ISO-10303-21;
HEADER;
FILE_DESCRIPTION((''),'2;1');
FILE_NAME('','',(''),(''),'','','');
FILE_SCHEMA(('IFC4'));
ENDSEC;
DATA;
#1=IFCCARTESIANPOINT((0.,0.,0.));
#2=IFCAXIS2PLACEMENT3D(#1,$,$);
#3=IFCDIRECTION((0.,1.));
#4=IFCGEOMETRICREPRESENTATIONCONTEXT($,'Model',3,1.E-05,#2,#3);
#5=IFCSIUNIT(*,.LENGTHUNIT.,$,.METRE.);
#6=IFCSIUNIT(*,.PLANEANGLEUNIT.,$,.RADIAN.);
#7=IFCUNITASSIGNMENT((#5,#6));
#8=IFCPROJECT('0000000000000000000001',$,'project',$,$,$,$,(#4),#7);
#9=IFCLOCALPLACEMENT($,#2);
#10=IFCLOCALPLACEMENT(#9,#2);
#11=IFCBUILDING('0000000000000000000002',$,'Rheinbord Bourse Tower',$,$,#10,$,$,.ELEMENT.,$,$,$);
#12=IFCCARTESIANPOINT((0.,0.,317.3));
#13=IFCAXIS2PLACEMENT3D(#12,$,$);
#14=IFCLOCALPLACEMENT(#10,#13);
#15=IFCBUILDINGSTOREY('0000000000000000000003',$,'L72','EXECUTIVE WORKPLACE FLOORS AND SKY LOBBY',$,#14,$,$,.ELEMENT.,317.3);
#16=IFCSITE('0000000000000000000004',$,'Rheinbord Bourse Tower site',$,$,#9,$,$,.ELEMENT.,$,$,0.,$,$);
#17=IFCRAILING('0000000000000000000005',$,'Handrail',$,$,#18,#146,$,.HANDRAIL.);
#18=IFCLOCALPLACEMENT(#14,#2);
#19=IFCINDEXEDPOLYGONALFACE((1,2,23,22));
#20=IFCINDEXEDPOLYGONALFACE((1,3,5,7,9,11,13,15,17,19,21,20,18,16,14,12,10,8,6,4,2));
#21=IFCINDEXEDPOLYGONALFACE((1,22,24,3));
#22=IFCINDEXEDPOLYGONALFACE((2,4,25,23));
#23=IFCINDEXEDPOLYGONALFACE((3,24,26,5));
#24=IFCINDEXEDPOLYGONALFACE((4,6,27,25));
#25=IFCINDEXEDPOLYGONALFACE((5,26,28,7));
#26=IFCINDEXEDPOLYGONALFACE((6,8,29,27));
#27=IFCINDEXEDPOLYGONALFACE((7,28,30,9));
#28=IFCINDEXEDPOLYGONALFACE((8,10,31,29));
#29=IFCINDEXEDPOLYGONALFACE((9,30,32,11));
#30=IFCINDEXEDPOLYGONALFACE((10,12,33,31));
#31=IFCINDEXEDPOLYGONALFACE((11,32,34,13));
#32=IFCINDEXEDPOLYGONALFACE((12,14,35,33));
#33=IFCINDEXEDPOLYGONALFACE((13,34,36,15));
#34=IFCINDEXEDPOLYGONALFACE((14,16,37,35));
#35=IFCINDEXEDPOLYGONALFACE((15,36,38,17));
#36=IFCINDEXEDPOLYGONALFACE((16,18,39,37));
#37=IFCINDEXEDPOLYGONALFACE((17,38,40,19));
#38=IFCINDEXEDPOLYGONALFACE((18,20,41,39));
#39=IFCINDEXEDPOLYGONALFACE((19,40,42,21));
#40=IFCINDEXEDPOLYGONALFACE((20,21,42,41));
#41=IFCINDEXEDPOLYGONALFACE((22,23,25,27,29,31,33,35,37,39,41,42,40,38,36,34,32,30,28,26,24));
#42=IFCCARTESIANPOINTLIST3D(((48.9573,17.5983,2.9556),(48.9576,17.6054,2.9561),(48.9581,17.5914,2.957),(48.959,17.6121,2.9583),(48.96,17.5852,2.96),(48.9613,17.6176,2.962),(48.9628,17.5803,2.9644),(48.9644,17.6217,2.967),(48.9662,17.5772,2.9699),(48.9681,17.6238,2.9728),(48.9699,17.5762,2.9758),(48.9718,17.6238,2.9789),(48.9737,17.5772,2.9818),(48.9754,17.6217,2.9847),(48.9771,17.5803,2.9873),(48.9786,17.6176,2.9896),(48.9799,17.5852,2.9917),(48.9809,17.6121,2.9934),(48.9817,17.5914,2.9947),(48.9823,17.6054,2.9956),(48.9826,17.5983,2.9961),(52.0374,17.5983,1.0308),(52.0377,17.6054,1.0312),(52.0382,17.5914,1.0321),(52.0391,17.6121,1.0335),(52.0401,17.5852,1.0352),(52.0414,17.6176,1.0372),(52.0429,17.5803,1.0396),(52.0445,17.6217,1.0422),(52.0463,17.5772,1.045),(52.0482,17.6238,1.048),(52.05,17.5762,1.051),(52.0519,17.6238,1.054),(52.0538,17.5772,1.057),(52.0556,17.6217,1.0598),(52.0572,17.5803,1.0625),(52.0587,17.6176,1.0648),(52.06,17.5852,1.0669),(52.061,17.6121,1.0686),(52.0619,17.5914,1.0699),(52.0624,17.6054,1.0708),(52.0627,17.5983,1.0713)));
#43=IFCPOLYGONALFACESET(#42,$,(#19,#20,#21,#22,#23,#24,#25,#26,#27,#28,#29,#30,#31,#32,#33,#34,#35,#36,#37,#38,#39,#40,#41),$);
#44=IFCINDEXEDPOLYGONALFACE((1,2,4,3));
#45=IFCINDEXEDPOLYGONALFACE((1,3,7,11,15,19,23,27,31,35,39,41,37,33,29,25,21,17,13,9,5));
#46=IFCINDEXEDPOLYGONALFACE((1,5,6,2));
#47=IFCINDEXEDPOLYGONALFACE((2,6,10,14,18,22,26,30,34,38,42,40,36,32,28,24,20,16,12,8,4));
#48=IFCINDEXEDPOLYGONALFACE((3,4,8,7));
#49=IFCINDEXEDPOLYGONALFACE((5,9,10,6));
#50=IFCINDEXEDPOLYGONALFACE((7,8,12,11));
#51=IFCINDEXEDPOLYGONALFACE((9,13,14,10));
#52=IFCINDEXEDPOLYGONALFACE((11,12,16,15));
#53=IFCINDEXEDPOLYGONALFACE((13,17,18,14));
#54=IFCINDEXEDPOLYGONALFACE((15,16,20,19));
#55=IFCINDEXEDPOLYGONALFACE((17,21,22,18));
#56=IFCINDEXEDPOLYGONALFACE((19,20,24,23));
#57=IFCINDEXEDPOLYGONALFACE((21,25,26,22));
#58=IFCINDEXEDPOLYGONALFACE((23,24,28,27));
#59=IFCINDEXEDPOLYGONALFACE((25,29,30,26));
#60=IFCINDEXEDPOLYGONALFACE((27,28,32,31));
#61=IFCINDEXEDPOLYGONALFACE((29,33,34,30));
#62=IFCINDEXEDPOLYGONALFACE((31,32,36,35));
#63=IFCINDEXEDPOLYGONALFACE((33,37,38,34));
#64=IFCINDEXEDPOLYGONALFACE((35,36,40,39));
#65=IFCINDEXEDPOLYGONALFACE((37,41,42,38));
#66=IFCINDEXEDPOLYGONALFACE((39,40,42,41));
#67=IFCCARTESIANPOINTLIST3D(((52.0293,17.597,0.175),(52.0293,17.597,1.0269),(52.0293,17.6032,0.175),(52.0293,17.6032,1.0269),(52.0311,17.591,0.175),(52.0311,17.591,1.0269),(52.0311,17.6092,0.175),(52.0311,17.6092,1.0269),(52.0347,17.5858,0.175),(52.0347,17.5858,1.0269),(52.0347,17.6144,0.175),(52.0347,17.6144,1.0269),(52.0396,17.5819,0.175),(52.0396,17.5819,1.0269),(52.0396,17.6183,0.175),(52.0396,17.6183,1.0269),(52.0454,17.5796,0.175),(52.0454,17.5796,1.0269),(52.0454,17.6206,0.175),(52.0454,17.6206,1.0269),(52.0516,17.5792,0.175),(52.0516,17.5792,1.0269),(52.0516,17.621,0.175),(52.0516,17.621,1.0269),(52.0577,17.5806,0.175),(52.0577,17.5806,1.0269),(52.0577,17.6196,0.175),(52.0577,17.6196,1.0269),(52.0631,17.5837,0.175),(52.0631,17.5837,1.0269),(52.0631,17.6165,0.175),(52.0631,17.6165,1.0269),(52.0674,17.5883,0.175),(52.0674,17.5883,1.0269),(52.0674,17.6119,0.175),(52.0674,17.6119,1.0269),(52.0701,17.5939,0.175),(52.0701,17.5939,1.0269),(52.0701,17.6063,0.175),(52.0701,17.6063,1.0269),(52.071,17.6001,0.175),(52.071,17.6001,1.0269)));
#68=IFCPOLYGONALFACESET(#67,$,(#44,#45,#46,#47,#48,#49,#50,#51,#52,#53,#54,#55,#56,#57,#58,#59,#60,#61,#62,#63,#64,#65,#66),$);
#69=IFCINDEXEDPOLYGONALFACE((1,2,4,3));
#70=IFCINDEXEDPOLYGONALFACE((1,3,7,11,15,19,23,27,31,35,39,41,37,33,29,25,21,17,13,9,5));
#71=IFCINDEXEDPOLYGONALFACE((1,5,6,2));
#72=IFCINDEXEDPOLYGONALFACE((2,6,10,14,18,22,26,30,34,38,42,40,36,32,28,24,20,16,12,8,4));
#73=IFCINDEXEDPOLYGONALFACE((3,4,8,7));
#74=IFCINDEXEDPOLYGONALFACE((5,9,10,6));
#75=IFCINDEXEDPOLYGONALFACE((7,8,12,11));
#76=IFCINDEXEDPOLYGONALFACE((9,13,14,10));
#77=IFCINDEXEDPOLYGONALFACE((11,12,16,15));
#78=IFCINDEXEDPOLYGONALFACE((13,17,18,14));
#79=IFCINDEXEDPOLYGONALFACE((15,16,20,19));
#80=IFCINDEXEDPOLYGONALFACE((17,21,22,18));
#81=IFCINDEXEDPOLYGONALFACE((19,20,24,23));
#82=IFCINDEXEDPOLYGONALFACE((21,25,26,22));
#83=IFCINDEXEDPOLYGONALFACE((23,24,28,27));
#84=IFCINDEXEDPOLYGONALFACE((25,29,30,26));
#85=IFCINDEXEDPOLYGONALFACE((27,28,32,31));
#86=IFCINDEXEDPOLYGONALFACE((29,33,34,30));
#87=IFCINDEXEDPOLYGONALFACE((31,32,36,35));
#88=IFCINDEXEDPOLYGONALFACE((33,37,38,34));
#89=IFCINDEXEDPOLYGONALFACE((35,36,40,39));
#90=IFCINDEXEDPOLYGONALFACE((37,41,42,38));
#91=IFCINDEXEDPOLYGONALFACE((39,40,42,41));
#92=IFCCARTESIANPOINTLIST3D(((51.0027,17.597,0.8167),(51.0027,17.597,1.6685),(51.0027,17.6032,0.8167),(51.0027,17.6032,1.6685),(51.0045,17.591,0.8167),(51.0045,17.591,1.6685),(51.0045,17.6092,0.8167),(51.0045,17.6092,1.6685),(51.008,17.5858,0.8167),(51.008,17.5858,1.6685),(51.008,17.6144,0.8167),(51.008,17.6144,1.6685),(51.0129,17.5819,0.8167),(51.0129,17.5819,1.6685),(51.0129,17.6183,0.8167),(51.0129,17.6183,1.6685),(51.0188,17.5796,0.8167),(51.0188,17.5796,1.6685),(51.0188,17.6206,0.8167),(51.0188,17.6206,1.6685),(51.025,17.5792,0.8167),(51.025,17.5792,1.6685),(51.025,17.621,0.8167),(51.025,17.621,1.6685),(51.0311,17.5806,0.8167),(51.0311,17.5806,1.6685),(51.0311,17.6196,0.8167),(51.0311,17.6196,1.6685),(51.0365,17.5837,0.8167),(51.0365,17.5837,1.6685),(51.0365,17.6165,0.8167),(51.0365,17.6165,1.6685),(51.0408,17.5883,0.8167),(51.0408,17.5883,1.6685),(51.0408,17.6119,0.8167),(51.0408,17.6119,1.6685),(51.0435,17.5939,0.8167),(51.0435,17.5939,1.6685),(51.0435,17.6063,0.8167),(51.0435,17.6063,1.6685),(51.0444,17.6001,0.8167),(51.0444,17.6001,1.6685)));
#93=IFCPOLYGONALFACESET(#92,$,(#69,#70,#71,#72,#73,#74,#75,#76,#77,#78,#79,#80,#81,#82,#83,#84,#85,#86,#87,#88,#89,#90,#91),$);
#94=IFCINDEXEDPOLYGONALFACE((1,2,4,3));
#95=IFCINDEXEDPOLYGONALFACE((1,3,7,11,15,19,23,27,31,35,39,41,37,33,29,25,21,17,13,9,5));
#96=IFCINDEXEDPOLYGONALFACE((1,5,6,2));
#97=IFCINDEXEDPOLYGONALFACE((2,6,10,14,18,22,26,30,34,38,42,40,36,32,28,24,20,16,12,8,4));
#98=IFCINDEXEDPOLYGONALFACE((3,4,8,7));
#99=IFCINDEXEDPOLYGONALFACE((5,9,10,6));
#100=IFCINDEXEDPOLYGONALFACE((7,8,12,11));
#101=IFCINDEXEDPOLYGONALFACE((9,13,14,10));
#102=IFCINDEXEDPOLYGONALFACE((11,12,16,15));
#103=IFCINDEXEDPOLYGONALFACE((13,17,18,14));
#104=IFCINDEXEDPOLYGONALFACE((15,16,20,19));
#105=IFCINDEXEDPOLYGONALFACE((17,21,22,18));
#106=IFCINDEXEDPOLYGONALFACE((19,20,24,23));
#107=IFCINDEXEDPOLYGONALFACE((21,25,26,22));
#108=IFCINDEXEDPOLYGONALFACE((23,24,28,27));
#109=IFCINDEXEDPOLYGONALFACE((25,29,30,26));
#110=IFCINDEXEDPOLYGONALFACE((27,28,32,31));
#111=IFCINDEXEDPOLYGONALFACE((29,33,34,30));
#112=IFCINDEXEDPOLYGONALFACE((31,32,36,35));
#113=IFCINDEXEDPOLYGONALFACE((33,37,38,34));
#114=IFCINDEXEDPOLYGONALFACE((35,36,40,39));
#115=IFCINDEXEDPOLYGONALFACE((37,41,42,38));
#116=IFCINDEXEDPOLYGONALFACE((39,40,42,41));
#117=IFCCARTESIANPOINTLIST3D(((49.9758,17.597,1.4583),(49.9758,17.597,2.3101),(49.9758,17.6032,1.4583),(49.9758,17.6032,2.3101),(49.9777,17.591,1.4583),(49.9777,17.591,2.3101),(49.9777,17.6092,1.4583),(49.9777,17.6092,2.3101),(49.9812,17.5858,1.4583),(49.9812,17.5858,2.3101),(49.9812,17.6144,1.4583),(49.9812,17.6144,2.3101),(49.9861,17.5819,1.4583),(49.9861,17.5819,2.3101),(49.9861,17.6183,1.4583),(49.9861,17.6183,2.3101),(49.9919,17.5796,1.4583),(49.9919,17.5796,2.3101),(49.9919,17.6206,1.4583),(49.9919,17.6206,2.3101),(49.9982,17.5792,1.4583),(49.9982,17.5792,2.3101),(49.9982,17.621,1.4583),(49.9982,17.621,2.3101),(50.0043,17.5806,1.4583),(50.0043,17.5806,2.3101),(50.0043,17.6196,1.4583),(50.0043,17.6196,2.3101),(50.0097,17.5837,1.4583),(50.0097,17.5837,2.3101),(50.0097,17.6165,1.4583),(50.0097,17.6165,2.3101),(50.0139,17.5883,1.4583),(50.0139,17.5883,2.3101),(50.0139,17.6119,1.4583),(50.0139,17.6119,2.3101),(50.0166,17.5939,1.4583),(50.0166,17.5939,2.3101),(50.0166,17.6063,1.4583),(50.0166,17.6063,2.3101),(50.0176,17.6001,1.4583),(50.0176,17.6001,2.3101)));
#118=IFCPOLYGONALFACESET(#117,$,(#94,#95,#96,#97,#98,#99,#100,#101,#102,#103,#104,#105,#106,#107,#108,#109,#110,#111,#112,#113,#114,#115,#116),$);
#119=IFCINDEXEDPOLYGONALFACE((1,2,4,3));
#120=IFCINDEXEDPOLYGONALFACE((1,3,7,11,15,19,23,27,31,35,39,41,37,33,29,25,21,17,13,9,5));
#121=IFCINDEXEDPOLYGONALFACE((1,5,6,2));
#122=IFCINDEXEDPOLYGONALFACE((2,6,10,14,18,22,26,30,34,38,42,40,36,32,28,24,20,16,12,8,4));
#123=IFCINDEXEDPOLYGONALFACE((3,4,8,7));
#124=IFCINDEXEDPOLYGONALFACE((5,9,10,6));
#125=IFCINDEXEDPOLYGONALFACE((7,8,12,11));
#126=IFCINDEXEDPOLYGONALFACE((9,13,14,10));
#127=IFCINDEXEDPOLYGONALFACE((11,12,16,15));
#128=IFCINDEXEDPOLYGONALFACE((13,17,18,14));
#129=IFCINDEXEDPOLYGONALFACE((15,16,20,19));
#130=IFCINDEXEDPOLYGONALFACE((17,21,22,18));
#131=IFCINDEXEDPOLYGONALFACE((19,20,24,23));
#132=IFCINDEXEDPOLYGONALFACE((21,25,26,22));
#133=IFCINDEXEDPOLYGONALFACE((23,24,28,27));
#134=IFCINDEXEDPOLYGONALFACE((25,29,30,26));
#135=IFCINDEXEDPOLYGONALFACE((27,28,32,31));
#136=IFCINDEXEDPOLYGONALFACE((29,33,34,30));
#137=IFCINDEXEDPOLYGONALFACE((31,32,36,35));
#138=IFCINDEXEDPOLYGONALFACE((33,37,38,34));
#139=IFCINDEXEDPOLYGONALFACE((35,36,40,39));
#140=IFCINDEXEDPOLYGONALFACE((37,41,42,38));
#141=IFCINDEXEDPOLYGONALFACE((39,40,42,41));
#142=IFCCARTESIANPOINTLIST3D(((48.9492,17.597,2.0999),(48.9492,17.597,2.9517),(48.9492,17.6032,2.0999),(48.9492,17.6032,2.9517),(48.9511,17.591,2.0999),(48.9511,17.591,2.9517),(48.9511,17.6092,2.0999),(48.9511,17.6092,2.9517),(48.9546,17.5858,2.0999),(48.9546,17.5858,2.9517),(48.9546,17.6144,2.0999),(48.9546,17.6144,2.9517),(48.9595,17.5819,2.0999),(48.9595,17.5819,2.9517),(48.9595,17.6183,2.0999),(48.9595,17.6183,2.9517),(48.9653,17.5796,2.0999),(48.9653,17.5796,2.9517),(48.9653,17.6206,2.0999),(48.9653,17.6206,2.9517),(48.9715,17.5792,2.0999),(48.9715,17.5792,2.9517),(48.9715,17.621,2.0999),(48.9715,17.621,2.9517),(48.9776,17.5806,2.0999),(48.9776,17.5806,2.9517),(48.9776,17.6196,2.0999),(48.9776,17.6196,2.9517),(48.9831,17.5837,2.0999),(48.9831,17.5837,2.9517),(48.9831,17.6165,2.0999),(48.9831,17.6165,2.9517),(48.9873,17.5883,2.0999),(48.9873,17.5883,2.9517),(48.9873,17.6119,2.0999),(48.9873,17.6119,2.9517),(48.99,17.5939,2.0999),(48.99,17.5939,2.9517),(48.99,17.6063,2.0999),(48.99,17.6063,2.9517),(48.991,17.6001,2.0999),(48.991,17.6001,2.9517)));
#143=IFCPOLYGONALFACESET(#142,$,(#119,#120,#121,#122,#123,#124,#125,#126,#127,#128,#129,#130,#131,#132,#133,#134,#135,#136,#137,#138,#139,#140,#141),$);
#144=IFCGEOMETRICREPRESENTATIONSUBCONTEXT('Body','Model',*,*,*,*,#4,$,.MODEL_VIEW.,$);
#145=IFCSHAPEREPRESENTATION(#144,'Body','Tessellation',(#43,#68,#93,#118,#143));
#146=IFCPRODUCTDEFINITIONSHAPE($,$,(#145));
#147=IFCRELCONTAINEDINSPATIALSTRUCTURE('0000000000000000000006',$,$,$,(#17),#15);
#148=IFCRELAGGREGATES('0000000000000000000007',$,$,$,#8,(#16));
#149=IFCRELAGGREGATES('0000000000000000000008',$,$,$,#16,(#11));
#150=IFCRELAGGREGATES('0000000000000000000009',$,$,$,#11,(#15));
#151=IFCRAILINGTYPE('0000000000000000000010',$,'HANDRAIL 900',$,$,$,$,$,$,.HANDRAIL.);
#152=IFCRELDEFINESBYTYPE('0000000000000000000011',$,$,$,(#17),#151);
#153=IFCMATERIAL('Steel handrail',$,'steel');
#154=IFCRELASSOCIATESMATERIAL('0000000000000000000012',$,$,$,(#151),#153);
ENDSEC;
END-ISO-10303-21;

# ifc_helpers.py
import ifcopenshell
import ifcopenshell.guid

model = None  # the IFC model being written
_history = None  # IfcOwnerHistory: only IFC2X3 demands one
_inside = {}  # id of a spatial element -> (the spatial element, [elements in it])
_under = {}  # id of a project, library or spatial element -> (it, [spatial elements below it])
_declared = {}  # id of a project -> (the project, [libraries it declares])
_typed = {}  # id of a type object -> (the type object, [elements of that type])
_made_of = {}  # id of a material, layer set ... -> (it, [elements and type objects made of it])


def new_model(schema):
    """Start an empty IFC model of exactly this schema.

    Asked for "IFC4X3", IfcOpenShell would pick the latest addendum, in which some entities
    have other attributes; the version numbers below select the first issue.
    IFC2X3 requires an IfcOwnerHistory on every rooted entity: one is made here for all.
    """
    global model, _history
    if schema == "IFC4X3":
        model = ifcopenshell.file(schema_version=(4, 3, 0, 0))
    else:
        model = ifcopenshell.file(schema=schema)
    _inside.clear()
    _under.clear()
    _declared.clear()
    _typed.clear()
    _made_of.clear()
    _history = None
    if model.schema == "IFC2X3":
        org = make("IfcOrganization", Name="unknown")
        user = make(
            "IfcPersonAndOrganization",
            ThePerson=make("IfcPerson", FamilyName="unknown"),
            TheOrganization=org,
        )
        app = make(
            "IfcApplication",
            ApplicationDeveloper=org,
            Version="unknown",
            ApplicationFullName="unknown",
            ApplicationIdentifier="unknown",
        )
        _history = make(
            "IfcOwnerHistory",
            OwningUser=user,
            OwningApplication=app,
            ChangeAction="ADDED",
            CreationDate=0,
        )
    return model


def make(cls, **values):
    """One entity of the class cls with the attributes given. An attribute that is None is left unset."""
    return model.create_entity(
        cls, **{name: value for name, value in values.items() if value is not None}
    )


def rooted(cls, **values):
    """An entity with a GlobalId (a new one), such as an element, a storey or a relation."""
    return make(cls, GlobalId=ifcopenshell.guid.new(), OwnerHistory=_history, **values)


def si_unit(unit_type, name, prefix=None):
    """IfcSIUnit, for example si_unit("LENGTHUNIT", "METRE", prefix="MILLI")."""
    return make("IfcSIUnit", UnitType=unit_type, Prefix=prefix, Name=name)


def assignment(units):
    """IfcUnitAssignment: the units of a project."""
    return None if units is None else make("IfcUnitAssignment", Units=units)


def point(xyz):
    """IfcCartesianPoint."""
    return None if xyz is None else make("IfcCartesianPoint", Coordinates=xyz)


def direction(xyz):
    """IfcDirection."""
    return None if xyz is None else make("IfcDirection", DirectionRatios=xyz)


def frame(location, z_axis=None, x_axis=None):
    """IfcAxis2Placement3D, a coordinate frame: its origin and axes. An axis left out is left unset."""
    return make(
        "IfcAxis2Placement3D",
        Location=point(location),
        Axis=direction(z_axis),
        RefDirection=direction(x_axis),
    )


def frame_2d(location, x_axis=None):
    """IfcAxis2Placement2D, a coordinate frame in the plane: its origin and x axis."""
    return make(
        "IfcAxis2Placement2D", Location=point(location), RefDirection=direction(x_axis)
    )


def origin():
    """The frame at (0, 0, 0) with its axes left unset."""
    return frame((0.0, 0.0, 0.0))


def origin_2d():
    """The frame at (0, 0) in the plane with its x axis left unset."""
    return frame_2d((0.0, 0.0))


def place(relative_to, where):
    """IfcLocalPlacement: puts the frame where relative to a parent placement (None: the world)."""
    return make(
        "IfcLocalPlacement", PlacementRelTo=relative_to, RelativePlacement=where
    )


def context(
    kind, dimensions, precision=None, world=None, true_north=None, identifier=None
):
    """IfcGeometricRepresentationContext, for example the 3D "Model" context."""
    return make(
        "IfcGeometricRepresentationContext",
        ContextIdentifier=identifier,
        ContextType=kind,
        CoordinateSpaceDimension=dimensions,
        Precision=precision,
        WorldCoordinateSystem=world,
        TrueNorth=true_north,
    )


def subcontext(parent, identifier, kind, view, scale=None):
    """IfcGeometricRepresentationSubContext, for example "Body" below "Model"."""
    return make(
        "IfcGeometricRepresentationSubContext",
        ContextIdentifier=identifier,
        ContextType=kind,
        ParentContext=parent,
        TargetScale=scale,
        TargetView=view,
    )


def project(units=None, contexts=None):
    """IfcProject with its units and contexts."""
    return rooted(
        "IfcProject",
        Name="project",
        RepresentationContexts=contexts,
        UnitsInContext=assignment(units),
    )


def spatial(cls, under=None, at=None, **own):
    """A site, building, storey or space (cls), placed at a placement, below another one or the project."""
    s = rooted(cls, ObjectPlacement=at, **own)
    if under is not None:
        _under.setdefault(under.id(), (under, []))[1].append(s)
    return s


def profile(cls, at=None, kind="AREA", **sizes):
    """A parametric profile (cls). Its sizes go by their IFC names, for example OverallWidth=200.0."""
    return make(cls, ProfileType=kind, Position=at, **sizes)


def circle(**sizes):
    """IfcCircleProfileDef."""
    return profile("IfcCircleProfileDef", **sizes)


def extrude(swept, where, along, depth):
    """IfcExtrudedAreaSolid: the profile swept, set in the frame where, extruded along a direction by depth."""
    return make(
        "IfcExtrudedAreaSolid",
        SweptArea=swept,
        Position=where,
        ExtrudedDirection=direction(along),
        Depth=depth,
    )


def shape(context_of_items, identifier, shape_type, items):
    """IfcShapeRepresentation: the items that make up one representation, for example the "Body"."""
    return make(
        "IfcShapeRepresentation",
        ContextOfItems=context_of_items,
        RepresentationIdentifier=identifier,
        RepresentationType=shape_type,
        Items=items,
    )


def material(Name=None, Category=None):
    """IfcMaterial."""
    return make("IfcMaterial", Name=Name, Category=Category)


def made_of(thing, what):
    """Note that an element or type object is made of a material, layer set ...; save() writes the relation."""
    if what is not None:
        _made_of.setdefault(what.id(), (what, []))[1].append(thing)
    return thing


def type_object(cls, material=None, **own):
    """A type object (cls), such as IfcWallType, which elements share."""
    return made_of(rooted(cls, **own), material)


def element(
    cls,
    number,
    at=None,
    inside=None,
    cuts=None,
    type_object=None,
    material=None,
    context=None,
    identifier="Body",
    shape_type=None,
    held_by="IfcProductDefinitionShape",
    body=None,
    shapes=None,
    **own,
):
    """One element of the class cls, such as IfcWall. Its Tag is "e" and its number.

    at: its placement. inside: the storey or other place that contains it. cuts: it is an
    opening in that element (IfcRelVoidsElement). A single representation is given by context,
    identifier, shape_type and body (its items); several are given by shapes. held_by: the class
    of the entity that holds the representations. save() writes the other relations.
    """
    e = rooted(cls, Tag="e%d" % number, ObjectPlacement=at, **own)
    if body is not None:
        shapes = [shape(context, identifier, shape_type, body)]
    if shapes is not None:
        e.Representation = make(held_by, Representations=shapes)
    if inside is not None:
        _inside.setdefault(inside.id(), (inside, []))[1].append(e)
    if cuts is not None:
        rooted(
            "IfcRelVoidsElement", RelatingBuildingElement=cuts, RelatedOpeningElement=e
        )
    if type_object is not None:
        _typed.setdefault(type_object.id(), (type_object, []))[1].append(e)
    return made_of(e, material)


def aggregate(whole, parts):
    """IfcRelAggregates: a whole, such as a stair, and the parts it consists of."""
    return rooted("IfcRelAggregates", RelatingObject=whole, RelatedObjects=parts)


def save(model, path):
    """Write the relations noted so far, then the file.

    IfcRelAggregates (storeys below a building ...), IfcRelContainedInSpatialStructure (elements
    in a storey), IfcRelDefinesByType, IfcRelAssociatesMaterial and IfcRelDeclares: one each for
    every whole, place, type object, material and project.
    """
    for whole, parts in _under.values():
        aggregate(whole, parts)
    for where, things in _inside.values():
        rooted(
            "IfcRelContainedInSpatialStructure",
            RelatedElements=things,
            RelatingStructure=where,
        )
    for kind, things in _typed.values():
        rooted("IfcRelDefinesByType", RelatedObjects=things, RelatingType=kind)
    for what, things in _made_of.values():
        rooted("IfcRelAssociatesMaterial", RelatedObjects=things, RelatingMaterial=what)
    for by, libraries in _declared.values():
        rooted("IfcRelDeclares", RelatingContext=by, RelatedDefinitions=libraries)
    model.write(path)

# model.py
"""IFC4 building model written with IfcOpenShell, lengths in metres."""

from ifc_helpers import new_model, si_unit, direction, frame, origin, origin_2d, place, context, subcontext, project, spatial, circle, extrude, material, type_object, element, save


model = new_model("IFC4")

# Units and contexts
model_context = context("Model", 3, precision=1e-05, world=origin(), true_north=direction((0.0, 1.0)))
body_context = subcontext(model_context, "Body", "Model", "MODEL_VIEW")
ifc_project = project(units=[si_unit("LENGTHUNIT", "METRE"), si_unit("PLANEANGLEUNIT", "RADIAN")], contexts=[model_context])

# Site, building, storey
site_placement = place(None, origin())
site = spatial("IfcSite", under=ifc_project, at=site_placement, Name="Rheinbord Bourse Tower site", CompositionType="ELEMENT", RefElevation=0.0)
building_placement = place(site_placement, origin())
building = spatial("IfcBuilding", under=site, at=building_placement, Name="Rheinbord Bourse Tower", CompositionType="ELEMENT")
storey_placement = place(building_placement, frame((0.0, 0.0, 317.3)))
storey = spatial("IfcBuildingStorey", under=building, at=storey_placement, Name="L72", Description="EXECUTIVE WORKPLACE FLOORS AND SKY LOBBY", CompositionType="ELEMENT", Elevation=317.3)

# Railing
ifc_material_1 = material(Name="Steel handrail", Category="steel")
railing_type = type_object("IfcRailingType", Name="HANDRAIL 900", PredefinedType="HANDRAIL", material=ifc_material_1)
railing_1_placement = place(storey_placement, frame((52.05, 17.6001, 0.175)))
element("IfcRailing", 1, at=railing_1_placement, inside=storey, type_object=railing_type, Name="Handrail", PredefinedType="HANDRAIL", context=body_context, shape_type="SweptSolid", body=[
    extrude(circle(Radius=0.0239, at=origin_2d()), frame((0.0, 0.0, 0.876), z_axis=(-0.848029, 0.0, 0.529951), x_axis=(0.0, -1.0, 0.0)), (0.0, 0.0, 1.0), 3.6321),
    extrude(circle(Radius=0.021, at=origin_2d()), origin(), (0.0, 0.0, 1.0), 0.8518),
    extrude(circle(Radius=0.021, at=origin_2d()), frame((-1.0266, 0.0, 0.6416)), (0.0, 0.0, 1.0), 0.8518),
    extrude(circle(Radius=0.021, at=origin_2d()), frame((-2.0535, 0.0, 1.2832)), (0.0, 0.0, 1.0), 0.8518),
    extrude(circle(Radius=0.021, at=origin_2d()), frame((-3.0801, 0.0, 1.9248)), (0.0, 0.0, 1.0), 0.8518),
])

save(model, "model.ifc")
